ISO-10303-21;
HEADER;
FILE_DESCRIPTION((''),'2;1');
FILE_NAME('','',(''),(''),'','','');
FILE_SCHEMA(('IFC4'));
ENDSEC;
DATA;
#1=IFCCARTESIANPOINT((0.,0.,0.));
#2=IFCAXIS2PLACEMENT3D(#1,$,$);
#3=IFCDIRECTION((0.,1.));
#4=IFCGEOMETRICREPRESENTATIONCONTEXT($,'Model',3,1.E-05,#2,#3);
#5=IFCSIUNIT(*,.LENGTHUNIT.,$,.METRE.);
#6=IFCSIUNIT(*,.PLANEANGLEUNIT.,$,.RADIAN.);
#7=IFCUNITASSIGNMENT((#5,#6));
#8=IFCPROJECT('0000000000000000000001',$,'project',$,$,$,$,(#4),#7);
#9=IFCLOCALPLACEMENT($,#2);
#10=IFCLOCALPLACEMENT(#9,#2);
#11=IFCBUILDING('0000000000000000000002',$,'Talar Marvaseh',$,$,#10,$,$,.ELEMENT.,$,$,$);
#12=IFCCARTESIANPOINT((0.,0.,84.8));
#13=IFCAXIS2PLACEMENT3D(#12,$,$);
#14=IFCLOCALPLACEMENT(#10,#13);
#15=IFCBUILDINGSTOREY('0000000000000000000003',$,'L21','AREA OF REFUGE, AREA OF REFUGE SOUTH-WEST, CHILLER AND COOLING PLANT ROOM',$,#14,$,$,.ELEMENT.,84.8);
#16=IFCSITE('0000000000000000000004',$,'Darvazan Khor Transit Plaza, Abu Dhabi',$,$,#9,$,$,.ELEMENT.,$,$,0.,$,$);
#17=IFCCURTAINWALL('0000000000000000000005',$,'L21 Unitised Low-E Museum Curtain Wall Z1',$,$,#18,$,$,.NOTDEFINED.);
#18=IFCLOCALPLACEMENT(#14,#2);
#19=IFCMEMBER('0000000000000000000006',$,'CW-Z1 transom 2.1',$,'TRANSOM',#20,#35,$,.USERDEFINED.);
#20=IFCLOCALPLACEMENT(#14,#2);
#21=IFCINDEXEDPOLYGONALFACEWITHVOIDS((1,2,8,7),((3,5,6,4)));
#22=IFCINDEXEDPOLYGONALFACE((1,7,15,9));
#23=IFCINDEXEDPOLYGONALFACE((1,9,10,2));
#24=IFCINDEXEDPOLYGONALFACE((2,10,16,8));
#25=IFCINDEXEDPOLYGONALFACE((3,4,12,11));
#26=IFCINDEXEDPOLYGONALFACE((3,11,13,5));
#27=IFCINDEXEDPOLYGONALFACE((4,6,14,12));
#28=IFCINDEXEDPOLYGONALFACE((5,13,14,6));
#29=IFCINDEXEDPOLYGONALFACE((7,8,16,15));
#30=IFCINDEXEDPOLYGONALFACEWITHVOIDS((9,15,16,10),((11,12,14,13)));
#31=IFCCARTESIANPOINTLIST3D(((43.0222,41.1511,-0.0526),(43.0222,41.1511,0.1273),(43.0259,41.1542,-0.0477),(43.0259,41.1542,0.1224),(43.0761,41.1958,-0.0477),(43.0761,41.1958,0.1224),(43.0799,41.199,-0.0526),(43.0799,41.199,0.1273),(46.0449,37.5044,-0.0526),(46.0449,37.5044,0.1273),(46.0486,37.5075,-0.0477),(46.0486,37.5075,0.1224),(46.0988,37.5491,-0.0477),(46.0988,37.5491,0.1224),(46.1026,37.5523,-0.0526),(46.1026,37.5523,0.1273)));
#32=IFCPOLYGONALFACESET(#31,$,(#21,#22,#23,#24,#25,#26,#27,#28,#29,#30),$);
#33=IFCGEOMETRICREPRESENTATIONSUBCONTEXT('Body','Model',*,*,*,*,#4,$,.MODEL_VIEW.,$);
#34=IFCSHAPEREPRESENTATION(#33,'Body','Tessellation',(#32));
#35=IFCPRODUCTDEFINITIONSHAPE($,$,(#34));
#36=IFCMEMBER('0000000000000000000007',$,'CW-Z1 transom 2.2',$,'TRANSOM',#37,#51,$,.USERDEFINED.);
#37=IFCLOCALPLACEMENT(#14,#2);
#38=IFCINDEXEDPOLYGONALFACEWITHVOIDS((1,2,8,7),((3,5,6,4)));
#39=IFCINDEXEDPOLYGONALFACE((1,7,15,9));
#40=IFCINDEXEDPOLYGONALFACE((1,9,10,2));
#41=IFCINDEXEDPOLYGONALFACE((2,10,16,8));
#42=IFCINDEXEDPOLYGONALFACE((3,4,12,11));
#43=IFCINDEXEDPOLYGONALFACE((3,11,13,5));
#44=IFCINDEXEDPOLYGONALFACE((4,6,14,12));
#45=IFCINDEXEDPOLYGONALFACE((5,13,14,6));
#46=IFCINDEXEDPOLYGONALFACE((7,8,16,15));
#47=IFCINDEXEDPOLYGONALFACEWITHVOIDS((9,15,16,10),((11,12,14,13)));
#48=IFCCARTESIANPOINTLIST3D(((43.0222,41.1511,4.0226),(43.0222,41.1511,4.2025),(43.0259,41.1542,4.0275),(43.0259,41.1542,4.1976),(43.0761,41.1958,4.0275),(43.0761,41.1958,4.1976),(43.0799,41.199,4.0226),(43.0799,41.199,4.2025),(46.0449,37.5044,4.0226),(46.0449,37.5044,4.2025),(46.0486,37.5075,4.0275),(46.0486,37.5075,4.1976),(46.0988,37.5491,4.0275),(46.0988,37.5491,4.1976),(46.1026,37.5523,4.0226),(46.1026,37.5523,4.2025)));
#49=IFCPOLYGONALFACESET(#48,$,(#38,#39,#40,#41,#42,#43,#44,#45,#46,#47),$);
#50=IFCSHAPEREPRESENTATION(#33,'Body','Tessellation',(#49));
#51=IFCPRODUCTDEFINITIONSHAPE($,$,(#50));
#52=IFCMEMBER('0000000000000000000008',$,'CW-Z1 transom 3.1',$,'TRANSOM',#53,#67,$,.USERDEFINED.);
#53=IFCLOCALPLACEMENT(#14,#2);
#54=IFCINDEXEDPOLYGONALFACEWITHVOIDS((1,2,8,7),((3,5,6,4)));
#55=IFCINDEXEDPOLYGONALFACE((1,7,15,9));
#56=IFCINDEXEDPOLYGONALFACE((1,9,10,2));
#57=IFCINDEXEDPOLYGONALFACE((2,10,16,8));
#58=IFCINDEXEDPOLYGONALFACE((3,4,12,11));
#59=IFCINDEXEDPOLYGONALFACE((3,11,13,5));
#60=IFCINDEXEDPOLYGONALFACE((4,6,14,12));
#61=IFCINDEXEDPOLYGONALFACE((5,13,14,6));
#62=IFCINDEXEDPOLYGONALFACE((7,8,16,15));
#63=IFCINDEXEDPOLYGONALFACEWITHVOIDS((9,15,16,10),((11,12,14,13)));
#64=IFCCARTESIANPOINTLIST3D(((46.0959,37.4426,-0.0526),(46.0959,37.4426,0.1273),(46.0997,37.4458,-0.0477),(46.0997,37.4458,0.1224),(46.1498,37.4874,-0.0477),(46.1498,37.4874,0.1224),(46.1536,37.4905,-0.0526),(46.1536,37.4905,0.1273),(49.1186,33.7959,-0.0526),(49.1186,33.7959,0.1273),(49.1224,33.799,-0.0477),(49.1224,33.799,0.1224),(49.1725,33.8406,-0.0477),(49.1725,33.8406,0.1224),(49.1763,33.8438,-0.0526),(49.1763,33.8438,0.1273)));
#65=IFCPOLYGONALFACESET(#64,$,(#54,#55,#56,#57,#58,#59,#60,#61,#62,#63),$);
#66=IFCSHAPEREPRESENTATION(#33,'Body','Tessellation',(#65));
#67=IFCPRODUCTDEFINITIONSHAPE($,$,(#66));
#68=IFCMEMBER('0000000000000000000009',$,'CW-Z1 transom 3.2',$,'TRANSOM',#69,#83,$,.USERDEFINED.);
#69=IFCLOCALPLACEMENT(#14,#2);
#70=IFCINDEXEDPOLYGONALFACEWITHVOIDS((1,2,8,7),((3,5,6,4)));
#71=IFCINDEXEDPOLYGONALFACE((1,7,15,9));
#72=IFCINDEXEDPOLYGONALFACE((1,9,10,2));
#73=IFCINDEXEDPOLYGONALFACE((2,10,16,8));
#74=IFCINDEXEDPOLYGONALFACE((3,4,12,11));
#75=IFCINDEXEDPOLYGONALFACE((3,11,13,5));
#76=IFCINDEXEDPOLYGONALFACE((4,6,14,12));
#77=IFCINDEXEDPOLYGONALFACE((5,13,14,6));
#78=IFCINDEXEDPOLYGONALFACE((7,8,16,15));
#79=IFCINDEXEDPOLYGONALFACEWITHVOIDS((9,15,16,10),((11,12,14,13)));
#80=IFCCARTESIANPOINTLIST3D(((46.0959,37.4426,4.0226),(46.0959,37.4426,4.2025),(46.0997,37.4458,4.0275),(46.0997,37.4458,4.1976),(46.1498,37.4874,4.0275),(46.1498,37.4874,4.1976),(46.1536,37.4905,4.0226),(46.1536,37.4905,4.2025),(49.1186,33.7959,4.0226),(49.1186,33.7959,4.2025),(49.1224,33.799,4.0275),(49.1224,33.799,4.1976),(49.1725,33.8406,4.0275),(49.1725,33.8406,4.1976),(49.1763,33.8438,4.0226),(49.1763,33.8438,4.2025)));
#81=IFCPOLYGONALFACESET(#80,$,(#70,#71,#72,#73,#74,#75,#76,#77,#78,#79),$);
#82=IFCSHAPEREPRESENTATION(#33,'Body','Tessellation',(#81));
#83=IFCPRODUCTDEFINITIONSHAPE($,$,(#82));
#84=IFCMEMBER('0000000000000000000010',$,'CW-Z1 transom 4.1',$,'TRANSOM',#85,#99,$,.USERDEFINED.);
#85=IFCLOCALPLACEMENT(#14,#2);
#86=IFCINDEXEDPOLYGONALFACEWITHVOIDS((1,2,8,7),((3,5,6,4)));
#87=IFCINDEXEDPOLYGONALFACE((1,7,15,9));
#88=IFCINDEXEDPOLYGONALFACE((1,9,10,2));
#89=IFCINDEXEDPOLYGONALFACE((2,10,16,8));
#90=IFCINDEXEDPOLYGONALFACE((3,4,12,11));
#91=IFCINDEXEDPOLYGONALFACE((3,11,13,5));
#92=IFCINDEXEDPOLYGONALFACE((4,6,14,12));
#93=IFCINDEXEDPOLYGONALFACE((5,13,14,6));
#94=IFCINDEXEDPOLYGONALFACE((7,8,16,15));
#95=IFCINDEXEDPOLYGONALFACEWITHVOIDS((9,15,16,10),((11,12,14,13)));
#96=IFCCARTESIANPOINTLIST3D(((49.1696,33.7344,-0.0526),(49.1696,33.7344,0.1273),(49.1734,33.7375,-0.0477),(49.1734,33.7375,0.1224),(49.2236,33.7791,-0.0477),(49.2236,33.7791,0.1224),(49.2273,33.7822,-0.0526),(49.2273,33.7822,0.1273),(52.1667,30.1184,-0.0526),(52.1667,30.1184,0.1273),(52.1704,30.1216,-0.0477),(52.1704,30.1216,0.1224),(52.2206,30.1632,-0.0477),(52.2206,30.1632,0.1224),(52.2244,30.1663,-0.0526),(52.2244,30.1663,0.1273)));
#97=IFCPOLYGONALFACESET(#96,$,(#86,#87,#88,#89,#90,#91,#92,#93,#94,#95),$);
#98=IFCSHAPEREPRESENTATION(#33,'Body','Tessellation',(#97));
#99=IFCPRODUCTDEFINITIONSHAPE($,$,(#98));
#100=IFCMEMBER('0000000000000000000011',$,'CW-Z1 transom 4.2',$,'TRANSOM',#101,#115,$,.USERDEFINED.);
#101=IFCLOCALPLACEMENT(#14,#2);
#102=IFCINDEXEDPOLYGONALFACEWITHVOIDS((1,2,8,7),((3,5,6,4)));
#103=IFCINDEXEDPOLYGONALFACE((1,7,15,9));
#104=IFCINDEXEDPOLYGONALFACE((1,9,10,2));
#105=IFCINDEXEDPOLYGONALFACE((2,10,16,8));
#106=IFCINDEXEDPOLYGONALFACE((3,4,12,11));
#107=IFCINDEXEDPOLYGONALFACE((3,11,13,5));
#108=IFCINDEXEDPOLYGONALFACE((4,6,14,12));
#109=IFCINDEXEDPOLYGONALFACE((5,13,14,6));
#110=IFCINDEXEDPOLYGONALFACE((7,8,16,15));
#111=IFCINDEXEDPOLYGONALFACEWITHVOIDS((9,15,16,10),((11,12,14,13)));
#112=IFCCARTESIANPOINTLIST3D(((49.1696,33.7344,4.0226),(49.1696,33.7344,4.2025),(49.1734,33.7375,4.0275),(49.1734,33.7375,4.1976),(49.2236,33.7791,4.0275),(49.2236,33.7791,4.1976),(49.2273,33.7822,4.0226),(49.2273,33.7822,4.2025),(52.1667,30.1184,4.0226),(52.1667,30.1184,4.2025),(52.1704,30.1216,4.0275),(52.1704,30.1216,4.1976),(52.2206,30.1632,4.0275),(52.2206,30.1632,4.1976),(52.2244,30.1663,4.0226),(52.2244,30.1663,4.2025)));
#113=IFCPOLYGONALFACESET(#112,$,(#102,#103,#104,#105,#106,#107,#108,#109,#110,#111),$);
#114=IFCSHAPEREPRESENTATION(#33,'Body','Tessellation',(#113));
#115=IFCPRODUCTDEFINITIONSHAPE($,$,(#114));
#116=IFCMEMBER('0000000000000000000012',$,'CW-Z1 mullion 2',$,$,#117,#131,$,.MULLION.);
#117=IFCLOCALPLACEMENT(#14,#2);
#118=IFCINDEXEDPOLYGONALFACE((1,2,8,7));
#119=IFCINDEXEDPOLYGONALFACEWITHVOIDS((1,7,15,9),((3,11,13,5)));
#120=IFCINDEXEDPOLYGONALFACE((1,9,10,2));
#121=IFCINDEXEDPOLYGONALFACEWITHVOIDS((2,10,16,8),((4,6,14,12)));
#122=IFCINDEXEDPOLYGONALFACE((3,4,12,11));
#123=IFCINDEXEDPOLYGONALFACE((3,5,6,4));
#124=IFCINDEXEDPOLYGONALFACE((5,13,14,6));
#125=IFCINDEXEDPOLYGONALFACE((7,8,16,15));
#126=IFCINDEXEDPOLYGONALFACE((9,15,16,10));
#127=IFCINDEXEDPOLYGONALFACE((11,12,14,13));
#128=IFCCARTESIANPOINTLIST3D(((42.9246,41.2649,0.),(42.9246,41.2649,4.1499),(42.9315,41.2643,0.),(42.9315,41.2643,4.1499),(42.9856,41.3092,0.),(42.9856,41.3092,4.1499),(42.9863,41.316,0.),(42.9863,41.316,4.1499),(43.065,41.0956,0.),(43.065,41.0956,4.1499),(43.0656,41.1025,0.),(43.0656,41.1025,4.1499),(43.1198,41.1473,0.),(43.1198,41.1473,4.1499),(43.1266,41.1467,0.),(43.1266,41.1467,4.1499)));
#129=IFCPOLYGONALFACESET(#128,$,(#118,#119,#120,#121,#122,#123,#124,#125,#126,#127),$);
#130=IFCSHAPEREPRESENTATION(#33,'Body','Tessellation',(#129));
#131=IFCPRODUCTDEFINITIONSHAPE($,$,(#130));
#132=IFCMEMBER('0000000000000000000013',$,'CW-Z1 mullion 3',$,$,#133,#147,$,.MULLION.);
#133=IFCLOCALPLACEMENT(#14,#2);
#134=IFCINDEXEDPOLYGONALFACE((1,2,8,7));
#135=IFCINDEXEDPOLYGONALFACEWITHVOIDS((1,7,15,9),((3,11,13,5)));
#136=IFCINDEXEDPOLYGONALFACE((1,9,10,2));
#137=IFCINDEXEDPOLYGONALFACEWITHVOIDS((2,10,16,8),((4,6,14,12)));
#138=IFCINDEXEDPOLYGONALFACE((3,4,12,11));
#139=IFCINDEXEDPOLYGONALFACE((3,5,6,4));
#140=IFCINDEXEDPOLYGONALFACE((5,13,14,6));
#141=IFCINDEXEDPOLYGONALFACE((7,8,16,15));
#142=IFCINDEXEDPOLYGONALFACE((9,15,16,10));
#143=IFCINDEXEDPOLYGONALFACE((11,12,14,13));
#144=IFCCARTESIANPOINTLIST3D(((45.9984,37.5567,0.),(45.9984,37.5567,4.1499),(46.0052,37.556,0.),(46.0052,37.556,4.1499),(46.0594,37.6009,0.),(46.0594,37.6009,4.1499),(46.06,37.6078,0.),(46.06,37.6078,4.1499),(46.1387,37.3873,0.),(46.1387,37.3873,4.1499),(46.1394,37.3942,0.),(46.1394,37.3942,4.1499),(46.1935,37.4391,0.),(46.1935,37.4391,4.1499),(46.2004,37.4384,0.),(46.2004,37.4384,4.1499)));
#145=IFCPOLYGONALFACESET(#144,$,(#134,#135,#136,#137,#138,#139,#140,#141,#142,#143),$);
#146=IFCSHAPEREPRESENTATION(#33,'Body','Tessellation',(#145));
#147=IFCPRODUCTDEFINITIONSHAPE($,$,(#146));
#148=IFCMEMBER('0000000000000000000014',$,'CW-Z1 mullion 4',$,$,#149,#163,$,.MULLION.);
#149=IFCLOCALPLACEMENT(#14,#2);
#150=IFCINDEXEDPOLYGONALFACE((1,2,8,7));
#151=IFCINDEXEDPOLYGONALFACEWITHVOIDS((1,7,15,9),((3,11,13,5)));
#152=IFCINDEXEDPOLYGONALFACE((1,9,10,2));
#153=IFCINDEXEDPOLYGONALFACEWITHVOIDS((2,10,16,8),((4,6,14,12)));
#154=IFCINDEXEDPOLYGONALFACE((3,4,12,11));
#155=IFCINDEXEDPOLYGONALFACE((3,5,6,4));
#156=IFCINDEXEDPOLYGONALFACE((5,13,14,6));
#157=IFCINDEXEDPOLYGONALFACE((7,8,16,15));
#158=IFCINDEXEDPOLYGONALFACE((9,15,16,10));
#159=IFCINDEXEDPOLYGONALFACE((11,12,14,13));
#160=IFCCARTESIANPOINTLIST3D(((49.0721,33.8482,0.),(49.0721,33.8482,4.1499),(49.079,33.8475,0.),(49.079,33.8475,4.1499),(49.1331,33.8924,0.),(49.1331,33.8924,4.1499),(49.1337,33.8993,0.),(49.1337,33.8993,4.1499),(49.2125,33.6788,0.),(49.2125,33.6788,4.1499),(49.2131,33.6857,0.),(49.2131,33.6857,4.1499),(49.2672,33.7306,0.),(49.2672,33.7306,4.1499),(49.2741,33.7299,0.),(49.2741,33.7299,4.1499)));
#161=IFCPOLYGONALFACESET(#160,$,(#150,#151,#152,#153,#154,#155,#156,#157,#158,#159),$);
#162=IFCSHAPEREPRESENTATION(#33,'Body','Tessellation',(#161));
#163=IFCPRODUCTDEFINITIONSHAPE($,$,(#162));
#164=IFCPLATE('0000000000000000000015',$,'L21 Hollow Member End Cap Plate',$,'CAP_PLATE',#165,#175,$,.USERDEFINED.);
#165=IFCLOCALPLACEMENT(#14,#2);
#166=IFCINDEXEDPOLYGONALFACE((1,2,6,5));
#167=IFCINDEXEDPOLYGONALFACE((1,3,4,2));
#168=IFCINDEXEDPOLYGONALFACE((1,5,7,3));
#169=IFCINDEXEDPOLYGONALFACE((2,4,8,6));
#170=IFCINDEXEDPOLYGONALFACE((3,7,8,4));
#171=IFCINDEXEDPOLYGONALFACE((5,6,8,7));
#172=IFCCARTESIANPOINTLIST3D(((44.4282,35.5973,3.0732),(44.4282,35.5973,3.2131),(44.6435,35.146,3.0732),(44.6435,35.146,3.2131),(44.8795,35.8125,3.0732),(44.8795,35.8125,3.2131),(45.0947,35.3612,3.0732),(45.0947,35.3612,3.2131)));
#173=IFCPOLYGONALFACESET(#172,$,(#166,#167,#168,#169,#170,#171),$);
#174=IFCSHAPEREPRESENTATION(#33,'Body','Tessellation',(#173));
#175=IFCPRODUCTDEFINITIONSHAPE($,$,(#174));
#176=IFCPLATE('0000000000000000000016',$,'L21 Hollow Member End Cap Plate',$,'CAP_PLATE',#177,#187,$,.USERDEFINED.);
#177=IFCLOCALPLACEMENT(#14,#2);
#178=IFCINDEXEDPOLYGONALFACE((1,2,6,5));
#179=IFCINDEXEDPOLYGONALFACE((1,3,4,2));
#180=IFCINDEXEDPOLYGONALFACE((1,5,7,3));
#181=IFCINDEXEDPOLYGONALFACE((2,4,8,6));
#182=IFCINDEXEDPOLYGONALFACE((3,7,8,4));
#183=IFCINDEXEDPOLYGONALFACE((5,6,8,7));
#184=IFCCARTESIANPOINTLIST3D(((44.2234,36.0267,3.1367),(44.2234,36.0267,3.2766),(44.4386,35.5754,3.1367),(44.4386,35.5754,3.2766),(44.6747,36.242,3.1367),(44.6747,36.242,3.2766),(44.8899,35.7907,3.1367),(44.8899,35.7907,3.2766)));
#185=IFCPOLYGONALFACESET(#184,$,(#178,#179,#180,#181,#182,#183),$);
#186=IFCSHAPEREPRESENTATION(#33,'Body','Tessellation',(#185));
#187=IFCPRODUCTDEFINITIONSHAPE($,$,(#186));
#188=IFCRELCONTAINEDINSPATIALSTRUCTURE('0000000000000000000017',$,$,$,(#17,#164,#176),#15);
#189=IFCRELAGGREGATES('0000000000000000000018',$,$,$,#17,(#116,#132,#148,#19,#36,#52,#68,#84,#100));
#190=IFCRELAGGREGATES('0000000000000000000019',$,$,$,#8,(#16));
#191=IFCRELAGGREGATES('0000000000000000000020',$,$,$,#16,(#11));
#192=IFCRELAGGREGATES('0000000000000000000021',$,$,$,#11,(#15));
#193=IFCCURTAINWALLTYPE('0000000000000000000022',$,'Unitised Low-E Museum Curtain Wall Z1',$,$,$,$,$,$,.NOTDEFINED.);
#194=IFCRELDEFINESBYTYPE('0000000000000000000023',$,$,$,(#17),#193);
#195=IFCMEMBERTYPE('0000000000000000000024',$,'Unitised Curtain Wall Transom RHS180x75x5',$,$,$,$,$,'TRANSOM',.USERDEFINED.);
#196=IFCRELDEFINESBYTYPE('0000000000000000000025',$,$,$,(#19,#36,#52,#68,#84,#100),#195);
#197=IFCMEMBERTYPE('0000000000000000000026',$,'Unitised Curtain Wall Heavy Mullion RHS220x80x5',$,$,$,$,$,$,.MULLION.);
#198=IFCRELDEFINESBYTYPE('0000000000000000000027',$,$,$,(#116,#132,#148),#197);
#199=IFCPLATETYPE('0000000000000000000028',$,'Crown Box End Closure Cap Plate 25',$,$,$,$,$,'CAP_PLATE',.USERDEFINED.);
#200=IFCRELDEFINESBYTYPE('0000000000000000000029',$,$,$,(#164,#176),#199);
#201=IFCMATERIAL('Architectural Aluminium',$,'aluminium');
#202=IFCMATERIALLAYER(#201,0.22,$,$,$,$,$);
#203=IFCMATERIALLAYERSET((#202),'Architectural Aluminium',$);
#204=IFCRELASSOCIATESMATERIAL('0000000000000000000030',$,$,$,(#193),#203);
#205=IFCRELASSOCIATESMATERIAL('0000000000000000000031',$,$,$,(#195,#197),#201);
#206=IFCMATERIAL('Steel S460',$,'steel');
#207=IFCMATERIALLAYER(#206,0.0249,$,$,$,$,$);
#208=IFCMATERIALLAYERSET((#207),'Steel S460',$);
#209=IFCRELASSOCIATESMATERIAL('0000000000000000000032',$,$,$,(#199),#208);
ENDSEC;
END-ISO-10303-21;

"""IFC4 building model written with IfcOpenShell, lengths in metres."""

from ifc_helpers import new_model, si_unit, direction, frame, origin, origin_2d, place, context, subcontext, project, spatial, rectangle, hollow_rectangle, extrude, source, transform, mapped, material, layer, layer_set, material_profile, profile_set, type_object, type_shapes, element, aggregate, save


model = new_model("IFC4")

# Units and contexts
model_context = context("Model", 3, precision=1e-05, world=origin(), true_north=direction((0.0, 1.0)))
body_context = subcontext(model_context, "Body", "Model", "MODEL_VIEW")
ifc_project = project(units=[si_unit("LENGTHUNIT", "METRE"), si_unit("PLANEANGLEUNIT", "RADIAN")], contexts=[model_context])

# Site, building, storey
site_placement = place(None, origin())
site = spatial("IfcSite", under=ifc_project, at=site_placement, Name="Darvazan Khor Transit Plaza, Abu Dhabi", CompositionType="ELEMENT", RefElevation=0.0)
building_placement = place(site_placement, origin())
building = spatial("IfcBuilding", under=site, at=building_placement, Name="Talar Marvaseh", CompositionType="ELEMENT")
storey_placement = place(building_placement, frame((0.0, 0.0, 84.8)))
storey = spatial("IfcBuildingStorey", under=building, at=storey_placement, Name="L21", Description="AREA OF REFUGE, AREA OF REFUGE SOUTH-WEST, CHILLER AND COOLING PLANT ROOM", CompositionType="ELEMENT", Elevation=84.8)

# Shared definitions
ifc_material_1 = material(Name="Steel S460", Category="steel")

# Curtain wall, members
ifc_material_2 = material(Name="Architectural Aluminium", Category="aluminium")
ifc_layer_1 = layer(ifc_material_2, 0.22)
ifc_layer_set_1 = layer_set([ifc_layer_1], Name="Architectural Aluminium")
curtain_wall_type = type_object("IfcCurtainWallType", Name="Unitised Low-E Museum Curtain Wall Z1", PredefinedType="NOTDEFINED", material=ifc_layer_set_1)
curtain_wall_placement = place(storey_placement, origin())
curtain_wall = element("IfcCurtainWall", 1, at=curtain_wall_placement, inside=storey, type_object=curtain_wall_type, Name="L21 Unitised Low-E Museum Curtain Wall Z1", PredefinedType="NOTDEFINED")
ifc_material_profile_1 = material_profile(ifc_material_2, hollow_rectangle(XDim=0.075, YDim=0.1799, WallThickness=0.0049, at=origin_2d()), Name="RHS180x75x5")
ifc_profile_set_1 = profile_set([ifc_material_profile_1], Name="Architectural Aluminium")
member_type_1 = type_object("IfcMemberType", Name="Unitised Curtain Wall Transom RHS180x75x5", ElementType="TRANSOM", PredefinedType="USERDEFINED", material=ifc_profile_set_1)
shared_shape_1 = source(origin(), body_context, "Body", "SweptSolid", [
    extrude(hollow_rectangle(XDim=0.075, YDim=0.1799, WallThickness=0.0049, at=origin_2d()), origin(), (0.0, 0.0, 1.0), 4.7366),
])
member_1_placement = place(storey_placement, frame((43.051, 41.175, 0.0374), z_axis=(0.638159, -0.769904, 0.0), x_axis=(0.769904, 0.638159, 0.0)))
member_1 = element("IfcMember", 2, at=member_1_placement, type_object=member_type_1, Name="CW-Z1 transom 2.1", ObjectType="TRANSOM", PredefinedType="USERDEFINED", context=body_context, shape_type="MappedRepresentation", body=[
    mapped(shared_shape_1, transform((0.0, 0.0, 0.0), x_axis=(1.0, 0.0, 0.0), y_axis=(0.0, 1.0, 0.0), z_axis=(0.0, 0.0, 1.0), scale=1.0)),
])
member_2_placement = place(storey_placement, frame((43.051, 41.175, 4.1125), z_axis=(0.638159, -0.769904, 0.0), x_axis=(0.769904, 0.638159, 0.0)))
member_2 = element("IfcMember", 3, at=member_2_placement, type_object=member_type_1, Name="CW-Z1 transom 2.2", ObjectType="TRANSOM", PredefinedType="USERDEFINED", context=body_context, shape_type="MappedRepresentation", body=[
    mapped(shared_shape_1, transform((0.0, 0.0, 0.0), x_axis=(1.0, 0.0, 0.0), y_axis=(0.0, 1.0, 0.0), z_axis=(0.0, 0.0, 1.0), scale=1.0)),
])
member_3_placement = place(storey_placement, frame((46.1248, 37.4666, 0.0374), z_axis=(0.638159, -0.769904, 0.0), x_axis=(0.769904, 0.638159, 0.0)))
member_3 = element("IfcMember", 4, at=member_3_placement, type_object=member_type_1, Name="CW-Z1 transom 3.1", ObjectType="TRANSOM", PredefinedType="USERDEFINED", context=body_context, shape_type="MappedRepresentation", body=[
    mapped(shared_shape_1, transform((0.0, 0.0, 0.0), x_axis=(1.0, 0.0, 0.0), y_axis=(0.0, 1.0, 0.0), z_axis=(0.0, 0.0, 1.0), scale=1.0)),
])
member_4_placement = place(storey_placement, frame((46.1248, 37.4666, 4.1125), z_axis=(0.638159, -0.769904, 0.0), x_axis=(0.769904, 0.638159, 0.0)))
member_4 = element("IfcMember", 5, at=member_4_placement, type_object=member_type_1, Name="CW-Z1 transom 3.2", ObjectType="TRANSOM", PredefinedType="USERDEFINED", context=body_context, shape_type="MappedRepresentation", body=[
    mapped(shared_shape_1, transform((0.0, 0.0, 0.0), x_axis=(1.0, 0.0, 0.0), y_axis=(0.0, 1.0, 0.0), z_axis=(0.0, 0.0, 1.0), scale=1.0)),
])
shared_shape_2 = source(origin(), body_context, "Body", "SweptSolid", [
    extrude(hollow_rectangle(XDim=0.075, YDim=0.1799, WallThickness=0.0049, at=origin_2d()), origin(), (0.0, 0.0, 1.0), 4.6965),
])
type_shapes(member_type_1, [shared_shape_1, shared_shape_2])
member_5_placement = place(storey_placement, frame((49.1985, 33.7583, 0.0374), z_axis=(0.638142, -0.769919, 0.0), x_axis=(0.769919, 0.638142, 0.0)))
member_5 = element("IfcMember", 6, at=member_5_placement, type_object=member_type_1, Name="CW-Z1 transom 4.1", ObjectType="TRANSOM", PredefinedType="USERDEFINED", context=body_context, shape_type="MappedRepresentation", body=[
    mapped(shared_shape_2, transform((0.0, 0.0, 0.0), x_axis=(1.0, 0.0, 0.0), y_axis=(0.0, 1.0, 0.0), z_axis=(0.0, 0.0, 1.0), scale=1.0)),
])
member_6_placement = place(storey_placement, frame((49.1985, 33.7583, 4.1125), z_axis=(0.638142, -0.769919, 0.0), x_axis=(0.769919, 0.638142, 0.0)))
member_6 = element("IfcMember", 7, at=member_6_placement, type_object=member_type_1, Name="CW-Z1 transom 4.2", ObjectType="TRANSOM", PredefinedType="USERDEFINED", context=body_context, shape_type="MappedRepresentation", body=[
    mapped(shared_shape_2, transform((0.0, 0.0, 0.0), x_axis=(1.0, 0.0, 0.0), y_axis=(0.0, 1.0, 0.0), z_axis=(0.0, 0.0, 1.0), scale=1.0)),
])
ifc_material_profile_2 = material_profile(ifc_material_2, hollow_rectangle(XDim=0.0801, YDim=0.22, WallThickness=0.0049, at=origin_2d()), Name="RHS220x80x5")
ifc_profile_set_2 = profile_set([ifc_material_profile_2], Name="Architectural Aluminium")
member_type_2 = type_object("IfcMemberType", Name="Unitised Curtain Wall Heavy Mullion RHS220x80x5", PredefinedType="MULLION", material=ifc_profile_set_2)
shared_shape_3 = source(origin(), body_context, "Body", "SweptSolid", [
    extrude(hollow_rectangle(XDim=0.0801, YDim=0.22, WallThickness=0.0049, at=origin_2d()), origin(), (0.0, 0.0, 1.0), 4.1499),
])
type_shapes(member_type_2, [shared_shape_3])
member_7_placement = place(storey_placement, frame((43.0256, 41.2058, 0.0), z_axis=(0.0, 0.0, 1.0), x_axis=(0.769915, 0.638147, 0.0)))
member_7 = element("IfcMember", 8, at=member_7_placement, type_object=member_type_2, Name="CW-Z1 mullion 2", PredefinedType="MULLION", context=body_context, shape_type="MappedRepresentation", body=[
    mapped(shared_shape_3, transform((0.0, 0.0, 0.0), x_axis=(1.0, 0.0, 0.0), y_axis=(0.0, 1.0, 0.0), z_axis=(0.0, 0.0, 1.0), scale=1.0)),
])
member_8_placement = place(storey_placement, frame((46.0994, 37.4976, 0.0), z_axis=(0.0, 0.0, 1.0), x_axis=(0.769915, 0.638147, 0.0)))
member_8 = element("IfcMember", 9, at=member_8_placement, type_object=member_type_2, Name="CW-Z1 mullion 3", PredefinedType="MULLION", context=body_context, shape_type="MappedRepresentation", body=[
    mapped(shared_shape_3, transform((0.0, 0.0, 0.0), x_axis=(1.0, 0.0, 0.0), y_axis=(0.0, 1.0, 0.0), z_axis=(0.0, 0.0, 1.0), scale=1.0)),
])
member_9_placement = place(storey_placement, frame((49.1731, 33.7891, 0.0), z_axis=(0.0, 0.0, 1.0), x_axis=(0.769915, 0.638147, 0.0)))
member_9 = element("IfcMember", 10, at=member_9_placement, type_object=member_type_2, Name="CW-Z1 mullion 4", PredefinedType="MULLION", context=body_context, shape_type="MappedRepresentation", body=[
    mapped(shared_shape_3, transform((0.0, 0.0, 0.0), x_axis=(1.0, 0.0, 0.0), y_axis=(0.0, 1.0, 0.0), z_axis=(0.0, 0.0, 1.0), scale=1.0)),
])

# Plates
ifc_layer_2 = layer(ifc_material_1, 0.0249)
ifc_layer_set_2 = layer_set([ifc_layer_2], Name="Steel S460")
plate_type_1 = type_object("IfcPlateType", Name="Crown Box End Closure Cap Plate 25", ElementType="CAP_PLATE", PredefinedType="USERDEFINED", material=ifc_layer_set_2)
shared_shape_4 = source(origin(), body_context, "Body", "SweptSolid", [
    extrude(rectangle(XDim=0.5, YDim=0.5, at=origin_2d()), origin(), (0.0, 0.0, 1.0), 0.1399),
])
type_shapes(plate_type_1, [shared_shape_4])
for number, where, z_axis, x_axis, name in (
    (11, (44.7615, 35.4792, 3.0732), (0.0, 0.0, 1.0), (-0.430511, 0.902585, 0.0), "L21 Hollow Member End Cap Plate"),
    (12, (44.5566, 35.9087, 3.1367), (0.0, 0.0, 1.0), (-0.430511, 0.902585, 0.0), "L21 Hollow Member End Cap Plate"),
):
    element("IfcPlate", number, at=place(storey_placement, frame(where, z_axis=z_axis, x_axis=x_axis)), inside=storey, type_object=plate_type_1, Name=name, ObjectType="CAP_PLATE", PredefinedType="USERDEFINED", context=body_context, shape_type="MappedRepresentation", body=[
        mapped(shared_shape_4, transform((0.0, 0.0, 0.0), x_axis=(1.0, 0.0, 0.0), y_axis=(0.0, 1.0, 0.0), z_axis=(0.0, 0.0, 1.0), scale=1.0)),
    ])

aggregate(curtain_wall, [member_7, member_8, member_9, member_1, member_2, member_3, member_4, member_5, member_6])

save(model, "model.ifc")
